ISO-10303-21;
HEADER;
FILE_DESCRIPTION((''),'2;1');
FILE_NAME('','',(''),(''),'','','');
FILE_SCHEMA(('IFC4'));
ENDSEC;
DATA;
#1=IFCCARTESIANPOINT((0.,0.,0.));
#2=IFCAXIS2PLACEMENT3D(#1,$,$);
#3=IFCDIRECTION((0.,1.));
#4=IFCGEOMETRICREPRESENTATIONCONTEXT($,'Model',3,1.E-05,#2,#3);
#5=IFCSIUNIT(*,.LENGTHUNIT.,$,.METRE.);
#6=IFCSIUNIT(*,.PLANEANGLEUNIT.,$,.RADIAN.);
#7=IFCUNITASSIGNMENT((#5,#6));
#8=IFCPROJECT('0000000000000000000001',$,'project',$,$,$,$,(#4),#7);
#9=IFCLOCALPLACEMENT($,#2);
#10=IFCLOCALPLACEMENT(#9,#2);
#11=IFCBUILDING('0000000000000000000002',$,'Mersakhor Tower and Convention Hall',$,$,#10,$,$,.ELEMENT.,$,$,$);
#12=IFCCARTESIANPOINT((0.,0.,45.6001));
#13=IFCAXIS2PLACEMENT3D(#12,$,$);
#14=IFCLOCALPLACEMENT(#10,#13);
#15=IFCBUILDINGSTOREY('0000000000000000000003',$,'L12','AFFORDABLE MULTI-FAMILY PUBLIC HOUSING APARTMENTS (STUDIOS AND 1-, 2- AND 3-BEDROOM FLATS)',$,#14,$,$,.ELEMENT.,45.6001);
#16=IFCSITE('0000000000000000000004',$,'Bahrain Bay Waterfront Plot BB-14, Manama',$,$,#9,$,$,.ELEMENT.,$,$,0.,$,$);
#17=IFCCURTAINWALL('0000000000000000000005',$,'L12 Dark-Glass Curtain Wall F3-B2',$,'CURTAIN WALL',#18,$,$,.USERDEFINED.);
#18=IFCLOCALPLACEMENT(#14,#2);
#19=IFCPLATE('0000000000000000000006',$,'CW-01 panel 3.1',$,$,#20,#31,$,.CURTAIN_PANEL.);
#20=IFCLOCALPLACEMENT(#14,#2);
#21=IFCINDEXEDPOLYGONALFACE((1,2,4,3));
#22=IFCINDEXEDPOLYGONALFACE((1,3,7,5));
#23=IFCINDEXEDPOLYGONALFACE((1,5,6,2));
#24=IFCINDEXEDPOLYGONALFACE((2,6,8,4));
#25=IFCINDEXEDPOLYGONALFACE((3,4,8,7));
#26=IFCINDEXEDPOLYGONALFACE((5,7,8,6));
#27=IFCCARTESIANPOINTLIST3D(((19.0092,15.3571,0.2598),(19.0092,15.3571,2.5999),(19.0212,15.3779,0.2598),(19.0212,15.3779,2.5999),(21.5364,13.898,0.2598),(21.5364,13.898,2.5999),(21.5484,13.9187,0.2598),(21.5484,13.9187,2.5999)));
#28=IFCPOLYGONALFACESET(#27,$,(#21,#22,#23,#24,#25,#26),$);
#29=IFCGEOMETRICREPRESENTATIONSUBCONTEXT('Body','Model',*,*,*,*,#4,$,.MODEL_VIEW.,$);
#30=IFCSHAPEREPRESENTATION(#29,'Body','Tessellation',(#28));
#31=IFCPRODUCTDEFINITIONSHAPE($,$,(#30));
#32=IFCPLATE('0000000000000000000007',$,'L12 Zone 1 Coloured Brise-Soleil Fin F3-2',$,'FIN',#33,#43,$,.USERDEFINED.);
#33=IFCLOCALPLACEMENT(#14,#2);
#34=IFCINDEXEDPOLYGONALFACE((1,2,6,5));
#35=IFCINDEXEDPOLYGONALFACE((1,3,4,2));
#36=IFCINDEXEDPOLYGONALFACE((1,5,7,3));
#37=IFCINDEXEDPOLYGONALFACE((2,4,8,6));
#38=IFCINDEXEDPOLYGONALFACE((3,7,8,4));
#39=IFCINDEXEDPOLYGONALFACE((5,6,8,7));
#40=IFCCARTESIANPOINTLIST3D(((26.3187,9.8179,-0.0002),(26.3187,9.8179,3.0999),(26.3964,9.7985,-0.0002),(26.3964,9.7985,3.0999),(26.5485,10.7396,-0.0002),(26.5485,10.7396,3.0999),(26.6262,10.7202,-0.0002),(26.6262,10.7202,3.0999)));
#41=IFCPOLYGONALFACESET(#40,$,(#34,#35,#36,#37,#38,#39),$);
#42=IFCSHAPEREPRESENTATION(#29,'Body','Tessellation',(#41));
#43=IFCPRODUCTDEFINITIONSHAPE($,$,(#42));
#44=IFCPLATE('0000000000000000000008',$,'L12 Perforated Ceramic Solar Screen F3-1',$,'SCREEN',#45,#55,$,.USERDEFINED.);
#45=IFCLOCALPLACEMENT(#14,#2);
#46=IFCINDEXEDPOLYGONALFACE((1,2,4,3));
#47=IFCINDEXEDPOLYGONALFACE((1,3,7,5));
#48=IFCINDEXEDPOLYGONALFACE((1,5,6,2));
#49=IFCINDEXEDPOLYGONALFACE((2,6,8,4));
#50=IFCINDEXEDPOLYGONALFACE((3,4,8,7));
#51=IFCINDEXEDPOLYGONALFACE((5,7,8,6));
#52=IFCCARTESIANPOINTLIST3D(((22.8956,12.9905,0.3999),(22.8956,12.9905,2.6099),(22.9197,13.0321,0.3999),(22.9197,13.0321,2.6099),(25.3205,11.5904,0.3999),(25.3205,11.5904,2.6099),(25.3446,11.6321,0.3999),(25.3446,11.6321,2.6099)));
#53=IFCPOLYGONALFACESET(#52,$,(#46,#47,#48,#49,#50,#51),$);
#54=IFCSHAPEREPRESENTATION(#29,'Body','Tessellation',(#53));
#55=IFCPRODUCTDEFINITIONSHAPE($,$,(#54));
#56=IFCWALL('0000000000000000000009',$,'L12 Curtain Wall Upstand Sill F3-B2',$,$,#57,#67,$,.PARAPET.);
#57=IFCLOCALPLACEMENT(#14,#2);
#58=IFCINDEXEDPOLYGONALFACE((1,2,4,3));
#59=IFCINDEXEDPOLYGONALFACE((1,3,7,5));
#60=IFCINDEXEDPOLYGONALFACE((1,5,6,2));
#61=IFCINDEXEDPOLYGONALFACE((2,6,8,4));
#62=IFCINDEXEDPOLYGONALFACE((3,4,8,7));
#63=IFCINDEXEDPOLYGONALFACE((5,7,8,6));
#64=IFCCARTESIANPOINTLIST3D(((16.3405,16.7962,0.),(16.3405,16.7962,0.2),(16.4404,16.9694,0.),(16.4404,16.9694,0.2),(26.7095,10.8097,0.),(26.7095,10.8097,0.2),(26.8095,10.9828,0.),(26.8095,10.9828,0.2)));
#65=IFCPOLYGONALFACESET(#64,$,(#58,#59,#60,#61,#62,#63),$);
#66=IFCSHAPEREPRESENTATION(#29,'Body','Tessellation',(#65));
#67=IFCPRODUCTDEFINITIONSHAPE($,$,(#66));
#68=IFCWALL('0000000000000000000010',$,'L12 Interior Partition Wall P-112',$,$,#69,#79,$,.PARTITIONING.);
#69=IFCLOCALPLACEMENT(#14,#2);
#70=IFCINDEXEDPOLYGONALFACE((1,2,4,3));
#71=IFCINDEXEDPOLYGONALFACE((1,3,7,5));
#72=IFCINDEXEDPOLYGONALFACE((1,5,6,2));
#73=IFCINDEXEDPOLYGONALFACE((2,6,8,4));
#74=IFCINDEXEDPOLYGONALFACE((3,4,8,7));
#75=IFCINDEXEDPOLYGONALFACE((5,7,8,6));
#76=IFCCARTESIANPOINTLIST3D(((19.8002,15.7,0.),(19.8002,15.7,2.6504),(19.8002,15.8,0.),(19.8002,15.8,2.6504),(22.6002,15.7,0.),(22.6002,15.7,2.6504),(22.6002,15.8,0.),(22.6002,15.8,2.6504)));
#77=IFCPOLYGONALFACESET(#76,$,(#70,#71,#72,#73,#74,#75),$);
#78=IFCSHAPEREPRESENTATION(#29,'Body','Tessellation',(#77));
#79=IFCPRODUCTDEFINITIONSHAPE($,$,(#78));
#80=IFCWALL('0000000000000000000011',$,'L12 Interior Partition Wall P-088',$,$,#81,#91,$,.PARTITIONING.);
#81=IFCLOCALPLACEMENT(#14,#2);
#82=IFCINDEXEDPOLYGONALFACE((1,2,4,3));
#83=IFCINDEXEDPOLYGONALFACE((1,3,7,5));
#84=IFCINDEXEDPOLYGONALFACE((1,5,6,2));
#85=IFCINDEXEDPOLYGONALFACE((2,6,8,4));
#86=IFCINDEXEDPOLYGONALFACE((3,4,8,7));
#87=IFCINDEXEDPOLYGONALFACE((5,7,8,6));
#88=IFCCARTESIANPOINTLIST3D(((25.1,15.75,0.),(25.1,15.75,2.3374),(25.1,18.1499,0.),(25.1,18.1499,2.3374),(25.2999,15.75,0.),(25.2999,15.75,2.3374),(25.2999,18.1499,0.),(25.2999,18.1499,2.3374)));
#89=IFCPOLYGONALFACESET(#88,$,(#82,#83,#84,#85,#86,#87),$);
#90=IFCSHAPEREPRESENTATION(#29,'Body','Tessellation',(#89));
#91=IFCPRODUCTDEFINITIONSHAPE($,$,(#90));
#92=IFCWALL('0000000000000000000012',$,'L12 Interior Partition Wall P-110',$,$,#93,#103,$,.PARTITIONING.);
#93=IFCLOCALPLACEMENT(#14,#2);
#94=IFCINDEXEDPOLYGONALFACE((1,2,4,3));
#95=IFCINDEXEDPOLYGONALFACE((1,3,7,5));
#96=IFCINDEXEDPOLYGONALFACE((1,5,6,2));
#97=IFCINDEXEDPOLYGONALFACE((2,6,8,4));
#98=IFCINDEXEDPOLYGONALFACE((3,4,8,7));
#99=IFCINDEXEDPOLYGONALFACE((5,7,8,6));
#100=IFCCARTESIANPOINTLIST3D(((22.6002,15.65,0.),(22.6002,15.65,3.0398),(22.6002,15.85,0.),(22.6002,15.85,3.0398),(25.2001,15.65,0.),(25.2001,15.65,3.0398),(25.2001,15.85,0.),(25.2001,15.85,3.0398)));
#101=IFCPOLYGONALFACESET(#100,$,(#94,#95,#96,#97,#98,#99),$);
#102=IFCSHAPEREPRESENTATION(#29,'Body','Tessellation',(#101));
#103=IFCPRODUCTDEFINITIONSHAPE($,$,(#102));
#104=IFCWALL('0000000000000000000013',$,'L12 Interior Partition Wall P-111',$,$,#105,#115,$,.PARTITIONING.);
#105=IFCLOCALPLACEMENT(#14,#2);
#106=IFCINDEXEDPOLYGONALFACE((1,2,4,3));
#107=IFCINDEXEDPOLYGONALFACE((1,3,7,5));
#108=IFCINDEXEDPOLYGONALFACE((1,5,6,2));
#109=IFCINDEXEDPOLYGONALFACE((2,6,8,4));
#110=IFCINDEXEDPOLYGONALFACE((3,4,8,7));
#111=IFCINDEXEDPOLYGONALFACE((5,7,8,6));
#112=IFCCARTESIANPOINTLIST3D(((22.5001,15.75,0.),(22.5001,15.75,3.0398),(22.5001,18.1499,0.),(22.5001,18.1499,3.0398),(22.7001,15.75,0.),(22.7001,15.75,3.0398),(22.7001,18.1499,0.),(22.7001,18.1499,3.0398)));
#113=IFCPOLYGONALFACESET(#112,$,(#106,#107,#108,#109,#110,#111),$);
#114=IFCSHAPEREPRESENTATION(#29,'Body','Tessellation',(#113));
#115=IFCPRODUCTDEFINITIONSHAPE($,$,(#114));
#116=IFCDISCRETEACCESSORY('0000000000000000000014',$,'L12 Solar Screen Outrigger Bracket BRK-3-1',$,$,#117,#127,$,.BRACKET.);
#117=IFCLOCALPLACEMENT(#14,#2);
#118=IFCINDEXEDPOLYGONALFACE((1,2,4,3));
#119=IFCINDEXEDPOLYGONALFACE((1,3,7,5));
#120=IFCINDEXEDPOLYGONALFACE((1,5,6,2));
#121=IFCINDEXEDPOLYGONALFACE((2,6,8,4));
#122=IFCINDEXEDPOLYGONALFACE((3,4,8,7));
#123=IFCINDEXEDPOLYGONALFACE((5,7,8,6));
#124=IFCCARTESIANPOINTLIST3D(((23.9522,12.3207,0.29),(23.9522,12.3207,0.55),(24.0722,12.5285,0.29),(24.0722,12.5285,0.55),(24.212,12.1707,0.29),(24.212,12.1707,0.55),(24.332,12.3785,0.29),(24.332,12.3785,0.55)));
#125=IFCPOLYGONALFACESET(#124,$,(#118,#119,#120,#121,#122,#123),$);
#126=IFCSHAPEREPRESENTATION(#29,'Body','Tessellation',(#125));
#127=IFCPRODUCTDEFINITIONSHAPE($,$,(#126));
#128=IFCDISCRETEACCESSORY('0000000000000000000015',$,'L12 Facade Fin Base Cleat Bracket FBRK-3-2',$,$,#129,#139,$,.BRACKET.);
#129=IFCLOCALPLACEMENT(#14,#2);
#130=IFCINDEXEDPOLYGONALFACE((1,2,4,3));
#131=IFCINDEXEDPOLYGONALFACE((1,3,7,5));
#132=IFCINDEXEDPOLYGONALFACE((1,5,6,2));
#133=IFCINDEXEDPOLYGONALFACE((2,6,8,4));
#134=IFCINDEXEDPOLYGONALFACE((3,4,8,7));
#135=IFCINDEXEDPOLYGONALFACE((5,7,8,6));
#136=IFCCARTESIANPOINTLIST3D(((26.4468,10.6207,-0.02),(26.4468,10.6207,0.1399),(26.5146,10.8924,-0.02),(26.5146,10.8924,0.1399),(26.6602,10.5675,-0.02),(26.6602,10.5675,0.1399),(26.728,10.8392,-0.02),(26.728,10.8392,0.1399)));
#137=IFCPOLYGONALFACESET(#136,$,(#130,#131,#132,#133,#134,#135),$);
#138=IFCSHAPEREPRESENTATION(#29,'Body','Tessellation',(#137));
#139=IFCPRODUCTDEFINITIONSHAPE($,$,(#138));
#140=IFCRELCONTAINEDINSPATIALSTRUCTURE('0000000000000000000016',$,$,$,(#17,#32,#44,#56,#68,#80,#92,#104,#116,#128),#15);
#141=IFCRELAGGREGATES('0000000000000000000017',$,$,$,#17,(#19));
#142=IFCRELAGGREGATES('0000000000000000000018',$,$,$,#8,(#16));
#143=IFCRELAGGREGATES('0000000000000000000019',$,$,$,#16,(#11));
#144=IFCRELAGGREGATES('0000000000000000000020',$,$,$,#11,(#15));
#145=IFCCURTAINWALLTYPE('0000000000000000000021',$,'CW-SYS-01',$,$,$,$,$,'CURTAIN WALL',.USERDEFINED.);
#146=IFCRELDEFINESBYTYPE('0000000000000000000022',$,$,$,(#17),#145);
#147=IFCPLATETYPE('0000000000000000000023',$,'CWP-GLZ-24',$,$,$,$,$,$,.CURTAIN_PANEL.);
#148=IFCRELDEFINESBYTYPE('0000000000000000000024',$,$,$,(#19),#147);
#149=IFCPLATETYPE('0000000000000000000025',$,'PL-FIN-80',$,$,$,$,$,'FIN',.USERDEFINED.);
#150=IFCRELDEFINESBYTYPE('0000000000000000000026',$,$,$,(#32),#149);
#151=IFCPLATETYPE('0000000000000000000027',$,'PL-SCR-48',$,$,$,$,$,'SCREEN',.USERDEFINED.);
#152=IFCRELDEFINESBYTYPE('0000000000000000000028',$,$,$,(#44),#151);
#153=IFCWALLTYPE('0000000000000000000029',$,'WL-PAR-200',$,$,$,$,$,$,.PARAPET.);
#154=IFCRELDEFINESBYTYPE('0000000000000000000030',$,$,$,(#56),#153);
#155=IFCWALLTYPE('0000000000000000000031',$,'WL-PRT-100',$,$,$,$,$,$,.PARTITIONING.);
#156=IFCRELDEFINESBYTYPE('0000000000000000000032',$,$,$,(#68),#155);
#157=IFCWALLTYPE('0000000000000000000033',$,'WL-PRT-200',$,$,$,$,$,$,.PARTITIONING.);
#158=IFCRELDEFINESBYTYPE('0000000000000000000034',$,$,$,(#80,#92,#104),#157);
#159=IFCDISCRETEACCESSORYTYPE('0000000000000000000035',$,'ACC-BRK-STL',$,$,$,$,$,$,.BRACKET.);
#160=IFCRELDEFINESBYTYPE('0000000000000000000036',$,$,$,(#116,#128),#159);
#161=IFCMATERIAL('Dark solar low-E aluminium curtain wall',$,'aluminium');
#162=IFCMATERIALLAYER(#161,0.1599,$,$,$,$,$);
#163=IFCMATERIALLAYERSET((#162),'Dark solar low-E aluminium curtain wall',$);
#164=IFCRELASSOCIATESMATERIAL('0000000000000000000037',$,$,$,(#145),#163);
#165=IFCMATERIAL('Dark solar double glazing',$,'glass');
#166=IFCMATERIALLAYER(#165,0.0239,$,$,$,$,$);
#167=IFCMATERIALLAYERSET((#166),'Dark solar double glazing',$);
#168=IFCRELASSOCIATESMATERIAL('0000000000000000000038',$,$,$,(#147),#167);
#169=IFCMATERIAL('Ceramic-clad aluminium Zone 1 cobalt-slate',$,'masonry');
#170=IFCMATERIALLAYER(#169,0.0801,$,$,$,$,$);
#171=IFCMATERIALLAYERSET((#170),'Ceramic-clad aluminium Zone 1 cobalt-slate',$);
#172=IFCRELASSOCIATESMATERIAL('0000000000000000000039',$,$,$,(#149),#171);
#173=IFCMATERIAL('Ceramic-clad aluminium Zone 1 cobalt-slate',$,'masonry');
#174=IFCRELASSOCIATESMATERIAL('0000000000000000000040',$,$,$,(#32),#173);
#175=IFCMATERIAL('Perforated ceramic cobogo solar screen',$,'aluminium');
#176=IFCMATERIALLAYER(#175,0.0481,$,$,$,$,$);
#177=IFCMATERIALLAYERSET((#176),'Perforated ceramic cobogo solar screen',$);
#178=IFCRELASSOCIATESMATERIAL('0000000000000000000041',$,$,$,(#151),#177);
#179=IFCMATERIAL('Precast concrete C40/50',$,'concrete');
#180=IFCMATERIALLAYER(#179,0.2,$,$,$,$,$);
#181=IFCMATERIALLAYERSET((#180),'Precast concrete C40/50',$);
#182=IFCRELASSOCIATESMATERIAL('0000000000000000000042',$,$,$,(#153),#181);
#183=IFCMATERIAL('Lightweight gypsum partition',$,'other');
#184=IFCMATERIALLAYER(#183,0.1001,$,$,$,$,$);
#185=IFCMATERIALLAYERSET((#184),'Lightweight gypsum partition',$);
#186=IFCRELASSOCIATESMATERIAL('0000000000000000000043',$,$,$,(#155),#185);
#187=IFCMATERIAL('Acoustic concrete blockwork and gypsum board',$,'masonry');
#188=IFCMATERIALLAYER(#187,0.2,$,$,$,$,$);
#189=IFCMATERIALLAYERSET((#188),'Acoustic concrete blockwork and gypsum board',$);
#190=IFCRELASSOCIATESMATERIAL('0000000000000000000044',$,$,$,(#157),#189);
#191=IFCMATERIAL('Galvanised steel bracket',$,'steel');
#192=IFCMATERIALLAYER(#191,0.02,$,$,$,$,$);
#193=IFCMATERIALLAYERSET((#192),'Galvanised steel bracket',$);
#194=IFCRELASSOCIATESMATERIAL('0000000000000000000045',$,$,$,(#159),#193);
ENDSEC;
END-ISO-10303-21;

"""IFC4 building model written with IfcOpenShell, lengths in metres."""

from ifc_helpers import new_model, si_unit, direction, frame, frame_2d, origin, origin_2d, place, context, subcontext, project, spatial, rectangle, extrude, material, layer, layer_set, type_object, element, aggregate, save


model = new_model("IFC4")

# Units and contexts
model_context = context("Model", 3, precision=1e-05, world=origin(), true_north=direction((0.0, 1.0)))
body_context = subcontext(model_context, "Body", "Model", "MODEL_VIEW")
ifc_project = project(units=[si_unit("LENGTHUNIT", "METRE"), si_unit("PLANEANGLEUNIT", "RADIAN")], contexts=[model_context])

# Site, building, storey
site_placement = place(None, origin())
site = spatial("IfcSite", under=ifc_project, at=site_placement, Name="Bahrain Bay Waterfront Plot BB-14, Manama", CompositionType="ELEMENT", RefElevation=0.0)
building_placement = place(site_placement, origin())
building = spatial("IfcBuilding", under=site, at=building_placement, Name="Mersakhor Tower and Convention Hall", CompositionType="ELEMENT")
storey_placement = place(building_placement, frame((0.0, 0.0, 45.6001)))
storey = spatial("IfcBuildingStorey", under=building, at=storey_placement, Name="L12", Description="AFFORDABLE MULTI-FAMILY PUBLIC HOUSING APARTMENTS (STUDIOS AND 1-, 2- AND 3-BEDROOM FLATS)", CompositionType="ELEMENT", Elevation=45.6001)

# Curtain wall, plate
ifc_material_1 = material(Name="Dark solar low-E aluminium curtain wall", Category="aluminium")
ifc_layer_1 = layer(ifc_material_1, 0.1599)
ifc_layer_set_1 = layer_set([ifc_layer_1], Name="Dark solar low-E aluminium curtain wall")
curtain_wall_type = type_object("IfcCurtainWallType", Name="CW-SYS-01", ElementType="CURTAIN WALL", PredefinedType="USERDEFINED", material=ifc_layer_set_1)
curtain_wall_placement = place(storey_placement, origin())
curtain_wall = element("IfcCurtainWall", 1, at=curtain_wall_placement, inside=storey, type_object=curtain_wall_type, Name="L12 Dark-Glass Curtain Wall F3-B2", ObjectType="CURTAIN WALL", PredefinedType="USERDEFINED")
ifc_material_2 = material(Name="Dark solar double glazing", Category="glass")
ifc_layer_2 = layer(ifc_material_2, 0.0239)
ifc_layer_set_2 = layer_set([ifc_layer_2], Name="Dark solar double glazing")
plate_type_1 = type_object("IfcPlateType", Name="CWP-GLZ-24", PredefinedType="CURTAIN_PANEL", material=ifc_layer_set_2)
plate_1_placement = place(storey_placement, frame((20.2788, 14.6379, 0.2598), z_axis=(0.0, 0.0, 1.0), x_axis=(-0.866023, 0.500003, 0.0)))
plate_1 = element("IfcPlate", 2, at=plate_1_placement, type_object=plate_type_1, Name="CW-01 panel 3.1", PredefinedType="CURTAIN_PANEL", context=body_context, shape_type="SweptSolid", body=[
    extrude(rectangle(XDim=2.9182, YDim=0.0239, at=origin_2d()), origin(), (0.0, 0.0, 1.0), 2.3401),
])
aggregate(curtain_wall, [plate_1])

# Plates
ifc_material_3 = material(Name="Ceramic-clad aluminium Zone 1 cobalt-slate", Category="masonry")
ifc_material_4 = material(Name="Ceramic-clad aluminium Zone 1 cobalt-slate", Category="masonry")
ifc_layer_3 = layer(ifc_material_4, 0.0801)
ifc_layer_set_3 = layer_set([ifc_layer_3], Name="Ceramic-clad aluminium Zone 1 cobalt-slate")
plate_type_2 = type_object("IfcPlateType", Name="PL-FIN-80", ElementType="FIN", PredefinedType="USERDEFINED", material=ifc_layer_set_3)
plate_2_placement = place(storey_placement, frame((26.4724, 10.269, -0.0002), z_axis=(0.0, 0.0, 1.0), x_axis=(-0.241922, -0.970296, 0.0)))
element("IfcPlate", 3, at=plate_2_placement, inside=storey, type_object=plate_type_2, material=ifc_material_3, Name="L12 Zone 1 Coloured Brise-Soleil Fin F3-2", ObjectType="FIN", PredefinedType="USERDEFINED", context=body_context, shape_type="SweptSolid", body=[
    extrude(rectangle(XDim=0.95, YDim=0.0801, at=origin_2d()), origin(), (0.0, 0.0, 1.0), 3.1001),
])
ifc_material_5 = material(Name="Perforated ceramic cobogo solar screen", Category="aluminium")
ifc_layer_4 = layer(ifc_material_5, 0.0481)
ifc_layer_set_4 = layer_set([ifc_layer_4], Name="Perforated ceramic cobogo solar screen")
plate_type_3 = type_object("IfcPlateType", Name="PL-SCR-48", ElementType="SCREEN", PredefinedType="USERDEFINED", material=ifc_layer_set_4)
plate_3_placement = place(storey_placement, frame((24.1201, 12.3113, 0.3999), z_axis=(0.0, 0.0, 1.0), x_axis=(-0.866025, 0.5, 0.0)))
element("IfcPlate", 4, at=plate_3_placement, inside=storey, type_object=plate_type_3, Name="L12 Perforated Ceramic Solar Screen F3-1", ObjectType="SCREEN", PredefinedType="USERDEFINED", context=body_context, shape_type="SweptSolid", body=[
    extrude(rectangle(XDim=2.8, YDim=0.0481, at=origin_2d()), origin(), (0.0, 0.0, 1.0), 2.21),
])

# Walls
ifc_material_6 = material(Name="Precast concrete C40/50", Category="concrete")
ifc_layer_5 = layer(ifc_material_6, 0.2)
ifc_layer_set_5 = layer_set([ifc_layer_5], Name="Precast concrete C40/50")
wall_type_1 = type_object("IfcWallType", Name="WL-PAR-200", PredefinedType="PARAPET", material=ifc_layer_set_5)
wall_1_placement = place(storey_placement, frame((26.7595, 10.8962, 0.0), z_axis=(0.0, 0.0, 1.0), x_axis=(-0.866027, 0.499997, 0.0)))
element("IfcWall", 5, at=wall_1_placement, inside=storey, type_object=wall_type_1, Name="L12 Curtain Wall Upstand Sill F3-B2", PredefinedType="PARAPET", context=body_context, shape_type="SweptSolid", body=[
    extrude(rectangle(XDim=11.9731, YDim=0.2, at=frame_2d((5.9866, 0.0))), origin(), (0.0, 0.0, 1.0), 0.2),
])
ifc_material_7 = material(Name="Lightweight gypsum partition", Category="other")
ifc_layer_6 = layer(ifc_material_7, 0.1001)
ifc_layer_set_6 = layer_set([ifc_layer_6], Name="Lightweight gypsum partition")
wall_type_2 = type_object("IfcWallType", Name="WL-PRT-100", PredefinedType="PARTITIONING", material=ifc_layer_set_6)
wall_2_placement = place(storey_placement, frame((22.6001, 15.75, 0.0), z_axis=(0.0, 0.0, 1.0), x_axis=(-1.0, 0.0, 0.0)))
element("IfcWall", 6, at=wall_2_placement, inside=storey, type_object=wall_type_2, Name="L12 Interior Partition Wall P-112", PredefinedType="PARTITIONING", context=body_context, shape_type="SweptSolid", body=[
    extrude(rectangle(XDim=2.8, YDim=0.1001, at=frame_2d((1.3999, 0.0))), origin(), (0.0, 0.0, 1.0), 2.6504),
])
ifc_material_8 = material(Name="Acoustic concrete blockwork and gypsum board", Category="masonry")
ifc_layer_7 = layer(ifc_material_8, 0.2)
ifc_layer_set_7 = layer_set([ifc_layer_7], Name="Acoustic concrete blockwork and gypsum board")
wall_type_3 = type_object("IfcWallType", Name="WL-PRT-200", PredefinedType="PARTITIONING", material=ifc_layer_set_7)
wall_3_placement = place(storey_placement, frame((25.2, 15.75, 0.0), z_axis=(0.0, 0.0, 1.0), x_axis=(0.0, 1.0, 0.0)))
element("IfcWall", 7, at=wall_3_placement, inside=storey, type_object=wall_type_3, Name="L12 Interior Partition Wall P-088", PredefinedType="PARTITIONING", context=body_context, shape_type="SweptSolid", body=[
    extrude(rectangle(XDim=2.3999, YDim=0.2, at=frame_2d((1.2, 0.0))), origin(), (0.0, 0.0, 1.0), 2.3374),
])
wall_4_placement = place(storey_placement, frame((25.2, 15.75, 0.0), z_axis=(0.0, 0.0, 1.0), x_axis=(-1.0, 0.0, 0.0)))
element("IfcWall", 8, at=wall_4_placement, inside=storey, type_object=wall_type_3, Name="L12 Interior Partition Wall P-110", PredefinedType="PARTITIONING", context=body_context, shape_type="SweptSolid", body=[
    extrude(rectangle(XDim=2.5999, YDim=0.2, at=frame_2d((1.2998, 0.0))), origin(), (0.0, 0.0, 1.0), 3.0398),
])
wall_5_placement = place(storey_placement, frame((22.6001, 15.75, 0.0), z_axis=(0.0, 0.0, 1.0), x_axis=(0.0, 1.0, 0.0)))
element("IfcWall", 9, at=wall_5_placement, inside=storey, type_object=wall_type_3, Name="L12 Interior Partition Wall P-111", PredefinedType="PARTITIONING", context=body_context, shape_type="SweptSolid", body=[
    extrude(rectangle(XDim=2.3999, YDim=0.2, at=frame_2d((1.2, 0.0))), origin(), (0.0, 0.0, 1.0), 3.0398),
])

# Discrete accessories
ifc_material_9 = material(Name="Galvanised steel bracket", Category="steel")
ifc_layer_8 = layer(ifc_material_9, 0.02)
ifc_layer_set_8 = layer_set([ifc_layer_8], Name="Galvanised steel bracket")
discrete_accessory_type = type_object("IfcDiscreteAccessoryType", Name="ACC-BRK-STL", PredefinedType="BRACKET", material=ifc_layer_set_8)
discrete_accessory_1_placement = place(storey_placement, frame((24.1421, 12.3496, 0.29), z_axis=(0.0, 0.0, 1.0), x_axis=(-0.866025, 0.5, 0.0)))
element("IfcDiscreteAccessory", 10, at=discrete_accessory_1_placement, inside=storey, type_object=discrete_accessory_type, Name="L12 Solar Screen Outrigger Bracket BRK-3-1", PredefinedType="BRACKET", context=body_context, shape_type="SweptSolid", body=[
    extrude(rectangle(XDim=0.3, YDim=0.24, at=origin_2d()), origin(), (0.0, 0.0, 1.0), 0.26),
])
discrete_accessory_2_placement = place(storey_placement, frame((26.5874, 10.73, -0.02), z_axis=(0.0, 0.0, 1.0), x_axis=(-0.241922, -0.970296, 0.0)))
element("IfcDiscreteAccessory", 11, at=discrete_accessory_2_placement, inside=storey, type_object=discrete_accessory_type, Name="L12 Facade Fin Base Cleat Bracket FBRK-3-2", PredefinedType="BRACKET", context=body_context, shape_type="SweptSolid", body=[
    extrude(rectangle(XDim=0.28, YDim=0.22, at=origin_2d()), origin(), (0.0, 0.0, 1.0), 0.1599),
])

save(model, "model.ifc")
